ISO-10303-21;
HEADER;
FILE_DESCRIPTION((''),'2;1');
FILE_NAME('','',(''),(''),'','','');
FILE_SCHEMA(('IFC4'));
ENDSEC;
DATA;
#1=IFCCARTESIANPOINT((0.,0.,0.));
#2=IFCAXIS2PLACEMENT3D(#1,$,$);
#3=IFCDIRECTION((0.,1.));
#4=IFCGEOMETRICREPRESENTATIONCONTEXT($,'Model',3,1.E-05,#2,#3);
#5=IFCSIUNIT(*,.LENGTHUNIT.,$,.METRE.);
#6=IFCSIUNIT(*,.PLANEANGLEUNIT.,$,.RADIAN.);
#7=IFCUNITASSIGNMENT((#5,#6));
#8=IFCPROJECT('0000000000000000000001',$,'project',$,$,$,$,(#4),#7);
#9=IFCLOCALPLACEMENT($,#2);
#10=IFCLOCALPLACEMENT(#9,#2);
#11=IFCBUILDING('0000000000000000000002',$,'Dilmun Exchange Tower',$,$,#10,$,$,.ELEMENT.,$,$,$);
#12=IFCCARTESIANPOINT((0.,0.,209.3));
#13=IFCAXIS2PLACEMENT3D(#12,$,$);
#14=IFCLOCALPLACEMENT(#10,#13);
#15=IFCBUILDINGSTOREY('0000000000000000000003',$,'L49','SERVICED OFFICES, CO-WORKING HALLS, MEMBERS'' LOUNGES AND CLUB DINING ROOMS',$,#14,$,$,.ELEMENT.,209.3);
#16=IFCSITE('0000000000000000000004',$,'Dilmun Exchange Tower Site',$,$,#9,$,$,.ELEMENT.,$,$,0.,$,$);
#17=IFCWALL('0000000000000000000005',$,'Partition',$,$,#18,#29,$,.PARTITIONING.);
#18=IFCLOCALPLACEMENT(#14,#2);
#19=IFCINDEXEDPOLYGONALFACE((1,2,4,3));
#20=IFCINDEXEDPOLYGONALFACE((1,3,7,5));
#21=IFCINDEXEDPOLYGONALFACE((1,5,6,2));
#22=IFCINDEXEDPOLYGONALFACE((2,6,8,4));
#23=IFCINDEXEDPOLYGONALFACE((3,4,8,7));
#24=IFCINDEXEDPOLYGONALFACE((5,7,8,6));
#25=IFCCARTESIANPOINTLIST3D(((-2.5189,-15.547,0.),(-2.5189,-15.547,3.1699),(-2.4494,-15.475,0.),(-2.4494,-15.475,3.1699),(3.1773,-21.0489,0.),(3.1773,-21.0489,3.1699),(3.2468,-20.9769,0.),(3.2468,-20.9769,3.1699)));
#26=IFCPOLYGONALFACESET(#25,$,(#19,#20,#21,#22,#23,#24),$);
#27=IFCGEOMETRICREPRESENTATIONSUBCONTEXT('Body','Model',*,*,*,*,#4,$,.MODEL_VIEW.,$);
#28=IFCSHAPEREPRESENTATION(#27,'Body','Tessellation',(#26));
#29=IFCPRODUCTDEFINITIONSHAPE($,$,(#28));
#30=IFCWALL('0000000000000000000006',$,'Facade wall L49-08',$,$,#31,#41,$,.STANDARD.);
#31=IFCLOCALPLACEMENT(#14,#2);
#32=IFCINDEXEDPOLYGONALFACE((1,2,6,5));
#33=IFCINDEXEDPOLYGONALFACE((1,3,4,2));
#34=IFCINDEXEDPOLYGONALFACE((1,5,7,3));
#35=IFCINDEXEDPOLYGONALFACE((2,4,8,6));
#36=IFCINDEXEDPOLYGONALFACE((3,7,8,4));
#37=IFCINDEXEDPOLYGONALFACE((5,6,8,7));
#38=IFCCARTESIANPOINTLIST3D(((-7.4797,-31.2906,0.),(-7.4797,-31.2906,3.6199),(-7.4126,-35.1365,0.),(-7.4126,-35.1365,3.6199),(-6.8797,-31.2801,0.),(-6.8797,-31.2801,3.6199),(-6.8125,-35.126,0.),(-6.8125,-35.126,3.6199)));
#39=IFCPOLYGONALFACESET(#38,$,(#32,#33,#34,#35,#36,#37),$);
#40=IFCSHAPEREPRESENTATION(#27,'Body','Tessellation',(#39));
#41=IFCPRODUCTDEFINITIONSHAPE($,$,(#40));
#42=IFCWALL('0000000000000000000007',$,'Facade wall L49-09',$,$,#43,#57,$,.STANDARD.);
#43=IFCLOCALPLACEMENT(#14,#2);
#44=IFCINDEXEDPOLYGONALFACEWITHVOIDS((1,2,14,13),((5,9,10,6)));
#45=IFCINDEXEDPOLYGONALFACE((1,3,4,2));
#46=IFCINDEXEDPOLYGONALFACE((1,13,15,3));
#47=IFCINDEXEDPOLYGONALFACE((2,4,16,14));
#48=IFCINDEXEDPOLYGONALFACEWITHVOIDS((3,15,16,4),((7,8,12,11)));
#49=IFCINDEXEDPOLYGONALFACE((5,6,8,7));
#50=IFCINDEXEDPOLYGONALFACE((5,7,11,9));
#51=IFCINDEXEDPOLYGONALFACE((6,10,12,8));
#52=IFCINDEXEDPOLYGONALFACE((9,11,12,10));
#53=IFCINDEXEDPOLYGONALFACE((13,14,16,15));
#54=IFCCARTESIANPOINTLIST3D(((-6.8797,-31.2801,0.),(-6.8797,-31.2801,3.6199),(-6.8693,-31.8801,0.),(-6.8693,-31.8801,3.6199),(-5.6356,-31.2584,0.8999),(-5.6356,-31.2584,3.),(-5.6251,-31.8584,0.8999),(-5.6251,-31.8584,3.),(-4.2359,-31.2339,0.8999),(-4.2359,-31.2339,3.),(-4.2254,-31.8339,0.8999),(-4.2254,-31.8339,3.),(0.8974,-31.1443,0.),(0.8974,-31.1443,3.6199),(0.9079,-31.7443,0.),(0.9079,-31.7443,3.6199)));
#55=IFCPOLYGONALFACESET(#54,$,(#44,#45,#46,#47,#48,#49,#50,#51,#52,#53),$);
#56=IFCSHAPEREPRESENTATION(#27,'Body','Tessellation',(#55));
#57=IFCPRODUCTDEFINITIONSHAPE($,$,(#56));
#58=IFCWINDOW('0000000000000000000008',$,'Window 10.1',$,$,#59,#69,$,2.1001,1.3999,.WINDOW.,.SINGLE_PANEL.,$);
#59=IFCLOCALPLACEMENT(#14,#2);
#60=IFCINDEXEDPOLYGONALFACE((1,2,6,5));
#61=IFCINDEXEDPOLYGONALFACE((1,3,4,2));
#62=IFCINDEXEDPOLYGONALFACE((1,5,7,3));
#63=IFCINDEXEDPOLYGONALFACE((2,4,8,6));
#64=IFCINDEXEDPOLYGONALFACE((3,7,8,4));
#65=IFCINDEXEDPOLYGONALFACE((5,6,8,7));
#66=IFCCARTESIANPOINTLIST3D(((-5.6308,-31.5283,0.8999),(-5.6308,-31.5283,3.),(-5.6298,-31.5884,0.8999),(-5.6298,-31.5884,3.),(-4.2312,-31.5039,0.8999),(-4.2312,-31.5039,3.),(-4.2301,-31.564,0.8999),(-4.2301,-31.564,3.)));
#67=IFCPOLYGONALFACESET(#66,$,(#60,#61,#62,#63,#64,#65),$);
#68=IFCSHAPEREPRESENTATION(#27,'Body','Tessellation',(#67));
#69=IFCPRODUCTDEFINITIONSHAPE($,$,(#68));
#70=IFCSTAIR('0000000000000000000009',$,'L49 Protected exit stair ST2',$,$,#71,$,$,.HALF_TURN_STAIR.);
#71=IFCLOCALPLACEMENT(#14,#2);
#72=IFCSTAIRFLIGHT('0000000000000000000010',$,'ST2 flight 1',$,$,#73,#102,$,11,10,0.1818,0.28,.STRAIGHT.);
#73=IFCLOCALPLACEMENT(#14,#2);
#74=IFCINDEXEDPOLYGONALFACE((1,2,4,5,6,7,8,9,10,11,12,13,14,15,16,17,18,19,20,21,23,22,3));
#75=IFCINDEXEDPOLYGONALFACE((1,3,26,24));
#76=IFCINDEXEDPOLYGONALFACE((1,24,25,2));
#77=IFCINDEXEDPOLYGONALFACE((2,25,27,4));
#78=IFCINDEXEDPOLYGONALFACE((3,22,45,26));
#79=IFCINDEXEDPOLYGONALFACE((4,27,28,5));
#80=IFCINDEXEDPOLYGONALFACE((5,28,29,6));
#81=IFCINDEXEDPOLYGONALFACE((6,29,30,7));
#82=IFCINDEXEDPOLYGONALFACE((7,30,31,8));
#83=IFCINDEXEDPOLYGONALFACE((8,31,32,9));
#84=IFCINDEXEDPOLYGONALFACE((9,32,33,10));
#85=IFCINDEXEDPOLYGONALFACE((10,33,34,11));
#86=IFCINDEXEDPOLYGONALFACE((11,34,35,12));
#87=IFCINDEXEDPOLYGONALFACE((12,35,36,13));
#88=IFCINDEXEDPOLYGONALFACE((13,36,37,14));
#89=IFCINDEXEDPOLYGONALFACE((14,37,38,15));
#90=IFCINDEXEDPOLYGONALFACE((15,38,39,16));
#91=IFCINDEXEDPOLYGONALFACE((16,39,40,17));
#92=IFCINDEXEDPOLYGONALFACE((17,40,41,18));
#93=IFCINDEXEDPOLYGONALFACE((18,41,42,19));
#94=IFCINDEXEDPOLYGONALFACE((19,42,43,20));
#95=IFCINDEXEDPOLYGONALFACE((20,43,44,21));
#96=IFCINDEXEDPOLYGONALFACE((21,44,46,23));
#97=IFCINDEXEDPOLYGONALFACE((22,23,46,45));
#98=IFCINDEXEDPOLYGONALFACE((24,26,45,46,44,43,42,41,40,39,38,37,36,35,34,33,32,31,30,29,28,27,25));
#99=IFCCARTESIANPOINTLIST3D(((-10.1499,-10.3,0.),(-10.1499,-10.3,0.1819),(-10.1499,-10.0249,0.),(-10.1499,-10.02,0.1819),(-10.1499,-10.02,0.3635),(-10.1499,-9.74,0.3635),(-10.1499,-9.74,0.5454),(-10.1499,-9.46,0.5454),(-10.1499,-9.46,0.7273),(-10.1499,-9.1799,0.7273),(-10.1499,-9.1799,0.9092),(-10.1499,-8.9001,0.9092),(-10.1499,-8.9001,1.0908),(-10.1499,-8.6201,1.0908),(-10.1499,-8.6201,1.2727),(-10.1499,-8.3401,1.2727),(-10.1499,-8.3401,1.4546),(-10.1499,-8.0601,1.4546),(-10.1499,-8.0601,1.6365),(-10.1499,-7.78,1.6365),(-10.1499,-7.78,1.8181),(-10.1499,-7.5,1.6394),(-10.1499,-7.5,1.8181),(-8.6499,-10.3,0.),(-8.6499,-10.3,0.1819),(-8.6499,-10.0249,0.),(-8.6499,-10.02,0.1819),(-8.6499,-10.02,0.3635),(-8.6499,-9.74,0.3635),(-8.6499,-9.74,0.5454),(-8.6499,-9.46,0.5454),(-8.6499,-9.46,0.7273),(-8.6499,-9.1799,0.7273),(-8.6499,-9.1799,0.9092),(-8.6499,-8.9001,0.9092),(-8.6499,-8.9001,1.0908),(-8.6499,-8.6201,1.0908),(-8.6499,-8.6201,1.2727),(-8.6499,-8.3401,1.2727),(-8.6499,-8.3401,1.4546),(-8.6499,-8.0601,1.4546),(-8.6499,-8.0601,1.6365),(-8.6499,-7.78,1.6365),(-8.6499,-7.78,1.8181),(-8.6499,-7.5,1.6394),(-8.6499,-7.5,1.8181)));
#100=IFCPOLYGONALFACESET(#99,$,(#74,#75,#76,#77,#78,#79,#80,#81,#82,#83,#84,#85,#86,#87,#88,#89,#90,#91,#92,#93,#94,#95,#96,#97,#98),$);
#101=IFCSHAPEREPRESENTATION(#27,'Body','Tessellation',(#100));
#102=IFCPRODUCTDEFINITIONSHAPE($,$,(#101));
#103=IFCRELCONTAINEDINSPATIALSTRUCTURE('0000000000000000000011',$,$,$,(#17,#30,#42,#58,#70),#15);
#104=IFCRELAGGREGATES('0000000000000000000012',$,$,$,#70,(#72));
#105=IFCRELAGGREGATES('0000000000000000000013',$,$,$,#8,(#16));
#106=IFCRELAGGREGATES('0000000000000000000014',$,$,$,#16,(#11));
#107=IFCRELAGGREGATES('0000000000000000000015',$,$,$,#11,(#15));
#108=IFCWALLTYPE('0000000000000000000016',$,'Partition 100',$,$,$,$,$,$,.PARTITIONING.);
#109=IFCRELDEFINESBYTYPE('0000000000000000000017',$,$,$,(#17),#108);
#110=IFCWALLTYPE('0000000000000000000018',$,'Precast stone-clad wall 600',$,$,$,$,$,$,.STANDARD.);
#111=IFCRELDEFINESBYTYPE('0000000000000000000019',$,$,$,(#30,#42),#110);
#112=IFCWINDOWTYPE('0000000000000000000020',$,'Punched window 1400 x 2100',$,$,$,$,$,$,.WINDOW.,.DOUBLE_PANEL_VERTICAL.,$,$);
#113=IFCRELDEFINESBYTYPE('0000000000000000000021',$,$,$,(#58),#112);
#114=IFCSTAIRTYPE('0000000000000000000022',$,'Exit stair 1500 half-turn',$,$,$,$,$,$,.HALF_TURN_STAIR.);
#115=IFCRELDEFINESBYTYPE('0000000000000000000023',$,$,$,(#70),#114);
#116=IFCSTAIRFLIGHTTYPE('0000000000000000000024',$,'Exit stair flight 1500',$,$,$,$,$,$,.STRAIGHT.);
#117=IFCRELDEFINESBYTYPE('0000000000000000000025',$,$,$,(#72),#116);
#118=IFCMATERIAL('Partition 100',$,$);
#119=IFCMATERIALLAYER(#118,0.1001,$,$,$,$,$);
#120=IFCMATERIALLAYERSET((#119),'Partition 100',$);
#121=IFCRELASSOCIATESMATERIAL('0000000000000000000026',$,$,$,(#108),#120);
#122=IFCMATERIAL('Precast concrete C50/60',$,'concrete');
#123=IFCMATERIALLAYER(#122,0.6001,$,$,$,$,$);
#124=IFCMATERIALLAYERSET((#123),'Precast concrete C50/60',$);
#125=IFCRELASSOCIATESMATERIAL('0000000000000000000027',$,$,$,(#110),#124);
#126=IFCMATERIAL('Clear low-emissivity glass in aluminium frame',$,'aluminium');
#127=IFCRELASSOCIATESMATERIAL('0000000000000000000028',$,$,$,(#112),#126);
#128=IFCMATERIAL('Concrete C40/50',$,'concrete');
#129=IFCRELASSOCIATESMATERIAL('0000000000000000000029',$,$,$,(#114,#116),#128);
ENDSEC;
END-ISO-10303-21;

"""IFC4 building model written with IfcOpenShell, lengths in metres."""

from ifc_helpers import new_model, si_unit, direction, frame, frame_2d, origin, place, context, subcontext, project, spatial, polyline, rectangle, outline, extrude, material, layer, layer_set, type_object, element, fill, aggregate, save


model = new_model("IFC4")

# Units and contexts
model_context = context("Model", 3, precision=1e-05, world=origin(), true_north=direction((0.0, 1.0)))
body_context = subcontext(model_context, "Body", "Model", "MODEL_VIEW")
ifc_project = project(units=[si_unit("LENGTHUNIT", "METRE"), si_unit("PLANEANGLEUNIT", "RADIAN")], contexts=[model_context])

# Site, building, storey
site_placement = place(None, origin())
site = spatial("IfcSite", under=ifc_project, at=site_placement, Name="Dilmun Exchange Tower Site", CompositionType="ELEMENT", RefElevation=0.0)
building_placement = place(site_placement, origin())
building = spatial("IfcBuilding", under=site, at=building_placement, Name="Dilmun Exchange Tower", CompositionType="ELEMENT")
storey_placement = place(building_placement, frame((0.0, 0.0, 209.3)))
storey = spatial("IfcBuildingStorey", under=building, at=storey_placement, Name="L49", Description="SERVICED OFFICES, CO-WORKING HALLS, MEMBERS' LOUNGES AND CLUB DINING ROOMS", CompositionType="ELEMENT", Elevation=209.3)

# Shared definitions
ifc_material_1 = material(Name="Concrete C40/50", Category="concrete")

# Walls
ifc_material_2 = material(Name="Partition 100")
ifc_layer_1 = layer(ifc_material_2, 0.1001)
ifc_layer_set_1 = layer_set([ifc_layer_1], Name="Partition 100")
wall_type_1 = type_object("IfcWallType", Name="Partition 100", PredefinedType="PARTITIONING", material=ifc_layer_set_1)
wall_1_placement = place(storey_placement, frame((-2.4841, -15.511, 0.0), z_axis=(0.0, 0.0, 1.0), x_axis=(0.71927, -0.694731, 0.0)))
element("IfcWall", 1, at=wall_1_placement, inside=storey, type_object=wall_type_1, Name="Partition", PredefinedType="PARTITIONING", context=body_context, shape_type="SweptSolid", body=[
    extrude(rectangle(XDim=7.9194, YDim=0.1001, at=frame_2d((3.9597, 0.0))), origin(), (0.0, 0.0, 1.0), 3.1699),
])
ifc_material_3 = material(Name="Precast concrete C50/60", Category="concrete")
ifc_layer_2 = layer(ifc_material_3, 0.6001)
ifc_layer_set_2 = layer_set([ifc_layer_2], Name="Precast concrete C50/60")
wall_type_2 = type_object("IfcWallType", Name="Precast stone-clad wall 600", PredefinedType="STANDARD", material=ifc_layer_set_2)
wall_2_placement = place(storey_placement, frame((-7.1125, -35.1313, 0.0), z_axis=(0.0, 0.0, 1.0), x_axis=(-0.017454, 0.999848, 0.0)))
element("IfcWall", 2, at=wall_2_placement, inside=storey, type_object=wall_type_2, Name="Facade wall L49-08", PredefinedType="STANDARD", context=body_context, shape_type="SweptSolid", body=[
    extrude(rectangle(XDim=3.8464, YDim=0.6001, at=frame_2d((1.9233, 0.0))), origin(), (0.0, 0.0, 1.0), 3.6199),
])

# Wall, opening, window
wall_3_placement = place(storey_placement, frame((-6.8745, -31.5801, 0.0), z_axis=(0.0, 0.0, 1.0), x_axis=(0.999848, 0.017451, 0.0)))
wall_3 = element("IfcWall", 3, at=wall_3_placement, inside=storey, type_object=wall_type_2, Name="Facade wall L49-09", PredefinedType="STANDARD", context=body_context, shape_type="SweptSolid", body=[
    extrude(rectangle(XDim=7.7783, YDim=0.6001, at=frame_2d((3.8892, 0.0))), origin(), (0.0, 0.0, 1.0), 3.6199),
])
opening_1_placement = place(wall_3_placement, frame((1.2444, 0.0, 0.8999)))
opening_1 = element("IfcOpeningElement", 4, at=opening_1_placement, cuts=wall_3, PredefinedType="OPENING", context=body_context, shape_type="SweptSolid", body=[
    extrude(rectangle(XDim=1.3999, YDim=2.1001, at=frame_2d((0.7, 1.05))), frame((0.0, 0.3101, 0.0), z_axis=(0.0, -1.0, 0.0), x_axis=(1.0, 0.0, 0.0)), (0.0, 0.0, 1.0), 0.6201),
])
ifc_material_4 = material(Name="Clear low-emissivity glass in aluminium frame", Category="aluminium")
window_type = type_object("IfcWindowType", Name="Punched window 1400 x 2100", PartitioningType="DOUBLE_PANEL_VERTICAL", PredefinedType="WINDOW", material=ifc_material_4)
window_placement = place(opening_1_placement, origin())
window = element("IfcWindow", 5, at=window_placement, inside=storey, type_object=window_type, Name="Window 10.1", OverallHeight=2.1001, OverallWidth=1.3999, PartitioningType="SINGLE_PANEL", PredefinedType="WINDOW", context=body_context, shape_type="SweptSolid", body=[
    extrude(rectangle(XDim=1.3999, YDim=2.1001, at=frame_2d((0.7, 1.05))), frame((0.0, 0.03, 0.0), z_axis=(0.0, -1.0, 0.0), x_axis=(1.0, 0.0, 0.0)), (0.0, 0.0, 1.0), 0.0601),
])
fill(opening_1, window)

# Stair, stair flight
stair_type = type_object("IfcStairType", Name="Exit stair 1500 half-turn", PredefinedType="HALF_TURN_STAIR", material=ifc_material_1)
stair_placement = place(storey_placement, origin())
stair = element("IfcStair", 6, at=stair_placement, inside=storey, type_object=stair_type, Name="L49 Protected exit stair ST2", PredefinedType="HALF_TURN_STAIR")
stair_flight_type = type_object("IfcStairFlightType", Name="Exit stair flight 1500", PredefinedType="STRAIGHT", material=ifc_material_1)
stair_flight_placement = place(storey_placement, frame((-9.3999, -10.3, 0.0), z_axis=(0.0, 0.0, 1.0), x_axis=(0.0, 1.0, 0.0)))
stair_flight = element("IfcStairFlight", 7, at=stair_flight_placement, type_object=stair_flight_type, Name="ST2 flight 1", NumberOfRisers=11, NumberOfTreads=10, PredefinedType="STRAIGHT", RiserHeight=0.1818, TreadLength=0.28, context=body_context, shape_type="SweptSolid", body=[
    extrude(outline(polyline([(0.0, 0.0), (0.0, 0.1819), (0.28, 0.1819), (0.28, 0.3635), (0.5601, 0.3635), (0.5601, 0.5454), (0.8401, 0.5454), (0.8401, 0.7273), (1.1201, 0.7273), (1.1201, 0.9092), (1.3999, 0.9092), (1.3999, 1.0908), (1.6799, 1.0908), (1.6799, 1.2727), (1.96, 1.2727), (1.96, 1.4546), (2.24, 1.4546), (2.24, 1.6365), (2.52, 1.6365), (2.52, 1.8181), (2.8, 1.8181), (2.8, 2.0), (2.8, 1.6394), (0.2751, 0.0), (0.0, 0.0)])), frame((0.0, 0.75, 0.0), z_axis=(0.0, -1.0, 0.0), x_axis=(1.0, 0.0, 0.0)), (0.0, 0.0, 1.0), 1.5),
])
aggregate(stair, [stair_flight])

save(model, "model.ifc")
